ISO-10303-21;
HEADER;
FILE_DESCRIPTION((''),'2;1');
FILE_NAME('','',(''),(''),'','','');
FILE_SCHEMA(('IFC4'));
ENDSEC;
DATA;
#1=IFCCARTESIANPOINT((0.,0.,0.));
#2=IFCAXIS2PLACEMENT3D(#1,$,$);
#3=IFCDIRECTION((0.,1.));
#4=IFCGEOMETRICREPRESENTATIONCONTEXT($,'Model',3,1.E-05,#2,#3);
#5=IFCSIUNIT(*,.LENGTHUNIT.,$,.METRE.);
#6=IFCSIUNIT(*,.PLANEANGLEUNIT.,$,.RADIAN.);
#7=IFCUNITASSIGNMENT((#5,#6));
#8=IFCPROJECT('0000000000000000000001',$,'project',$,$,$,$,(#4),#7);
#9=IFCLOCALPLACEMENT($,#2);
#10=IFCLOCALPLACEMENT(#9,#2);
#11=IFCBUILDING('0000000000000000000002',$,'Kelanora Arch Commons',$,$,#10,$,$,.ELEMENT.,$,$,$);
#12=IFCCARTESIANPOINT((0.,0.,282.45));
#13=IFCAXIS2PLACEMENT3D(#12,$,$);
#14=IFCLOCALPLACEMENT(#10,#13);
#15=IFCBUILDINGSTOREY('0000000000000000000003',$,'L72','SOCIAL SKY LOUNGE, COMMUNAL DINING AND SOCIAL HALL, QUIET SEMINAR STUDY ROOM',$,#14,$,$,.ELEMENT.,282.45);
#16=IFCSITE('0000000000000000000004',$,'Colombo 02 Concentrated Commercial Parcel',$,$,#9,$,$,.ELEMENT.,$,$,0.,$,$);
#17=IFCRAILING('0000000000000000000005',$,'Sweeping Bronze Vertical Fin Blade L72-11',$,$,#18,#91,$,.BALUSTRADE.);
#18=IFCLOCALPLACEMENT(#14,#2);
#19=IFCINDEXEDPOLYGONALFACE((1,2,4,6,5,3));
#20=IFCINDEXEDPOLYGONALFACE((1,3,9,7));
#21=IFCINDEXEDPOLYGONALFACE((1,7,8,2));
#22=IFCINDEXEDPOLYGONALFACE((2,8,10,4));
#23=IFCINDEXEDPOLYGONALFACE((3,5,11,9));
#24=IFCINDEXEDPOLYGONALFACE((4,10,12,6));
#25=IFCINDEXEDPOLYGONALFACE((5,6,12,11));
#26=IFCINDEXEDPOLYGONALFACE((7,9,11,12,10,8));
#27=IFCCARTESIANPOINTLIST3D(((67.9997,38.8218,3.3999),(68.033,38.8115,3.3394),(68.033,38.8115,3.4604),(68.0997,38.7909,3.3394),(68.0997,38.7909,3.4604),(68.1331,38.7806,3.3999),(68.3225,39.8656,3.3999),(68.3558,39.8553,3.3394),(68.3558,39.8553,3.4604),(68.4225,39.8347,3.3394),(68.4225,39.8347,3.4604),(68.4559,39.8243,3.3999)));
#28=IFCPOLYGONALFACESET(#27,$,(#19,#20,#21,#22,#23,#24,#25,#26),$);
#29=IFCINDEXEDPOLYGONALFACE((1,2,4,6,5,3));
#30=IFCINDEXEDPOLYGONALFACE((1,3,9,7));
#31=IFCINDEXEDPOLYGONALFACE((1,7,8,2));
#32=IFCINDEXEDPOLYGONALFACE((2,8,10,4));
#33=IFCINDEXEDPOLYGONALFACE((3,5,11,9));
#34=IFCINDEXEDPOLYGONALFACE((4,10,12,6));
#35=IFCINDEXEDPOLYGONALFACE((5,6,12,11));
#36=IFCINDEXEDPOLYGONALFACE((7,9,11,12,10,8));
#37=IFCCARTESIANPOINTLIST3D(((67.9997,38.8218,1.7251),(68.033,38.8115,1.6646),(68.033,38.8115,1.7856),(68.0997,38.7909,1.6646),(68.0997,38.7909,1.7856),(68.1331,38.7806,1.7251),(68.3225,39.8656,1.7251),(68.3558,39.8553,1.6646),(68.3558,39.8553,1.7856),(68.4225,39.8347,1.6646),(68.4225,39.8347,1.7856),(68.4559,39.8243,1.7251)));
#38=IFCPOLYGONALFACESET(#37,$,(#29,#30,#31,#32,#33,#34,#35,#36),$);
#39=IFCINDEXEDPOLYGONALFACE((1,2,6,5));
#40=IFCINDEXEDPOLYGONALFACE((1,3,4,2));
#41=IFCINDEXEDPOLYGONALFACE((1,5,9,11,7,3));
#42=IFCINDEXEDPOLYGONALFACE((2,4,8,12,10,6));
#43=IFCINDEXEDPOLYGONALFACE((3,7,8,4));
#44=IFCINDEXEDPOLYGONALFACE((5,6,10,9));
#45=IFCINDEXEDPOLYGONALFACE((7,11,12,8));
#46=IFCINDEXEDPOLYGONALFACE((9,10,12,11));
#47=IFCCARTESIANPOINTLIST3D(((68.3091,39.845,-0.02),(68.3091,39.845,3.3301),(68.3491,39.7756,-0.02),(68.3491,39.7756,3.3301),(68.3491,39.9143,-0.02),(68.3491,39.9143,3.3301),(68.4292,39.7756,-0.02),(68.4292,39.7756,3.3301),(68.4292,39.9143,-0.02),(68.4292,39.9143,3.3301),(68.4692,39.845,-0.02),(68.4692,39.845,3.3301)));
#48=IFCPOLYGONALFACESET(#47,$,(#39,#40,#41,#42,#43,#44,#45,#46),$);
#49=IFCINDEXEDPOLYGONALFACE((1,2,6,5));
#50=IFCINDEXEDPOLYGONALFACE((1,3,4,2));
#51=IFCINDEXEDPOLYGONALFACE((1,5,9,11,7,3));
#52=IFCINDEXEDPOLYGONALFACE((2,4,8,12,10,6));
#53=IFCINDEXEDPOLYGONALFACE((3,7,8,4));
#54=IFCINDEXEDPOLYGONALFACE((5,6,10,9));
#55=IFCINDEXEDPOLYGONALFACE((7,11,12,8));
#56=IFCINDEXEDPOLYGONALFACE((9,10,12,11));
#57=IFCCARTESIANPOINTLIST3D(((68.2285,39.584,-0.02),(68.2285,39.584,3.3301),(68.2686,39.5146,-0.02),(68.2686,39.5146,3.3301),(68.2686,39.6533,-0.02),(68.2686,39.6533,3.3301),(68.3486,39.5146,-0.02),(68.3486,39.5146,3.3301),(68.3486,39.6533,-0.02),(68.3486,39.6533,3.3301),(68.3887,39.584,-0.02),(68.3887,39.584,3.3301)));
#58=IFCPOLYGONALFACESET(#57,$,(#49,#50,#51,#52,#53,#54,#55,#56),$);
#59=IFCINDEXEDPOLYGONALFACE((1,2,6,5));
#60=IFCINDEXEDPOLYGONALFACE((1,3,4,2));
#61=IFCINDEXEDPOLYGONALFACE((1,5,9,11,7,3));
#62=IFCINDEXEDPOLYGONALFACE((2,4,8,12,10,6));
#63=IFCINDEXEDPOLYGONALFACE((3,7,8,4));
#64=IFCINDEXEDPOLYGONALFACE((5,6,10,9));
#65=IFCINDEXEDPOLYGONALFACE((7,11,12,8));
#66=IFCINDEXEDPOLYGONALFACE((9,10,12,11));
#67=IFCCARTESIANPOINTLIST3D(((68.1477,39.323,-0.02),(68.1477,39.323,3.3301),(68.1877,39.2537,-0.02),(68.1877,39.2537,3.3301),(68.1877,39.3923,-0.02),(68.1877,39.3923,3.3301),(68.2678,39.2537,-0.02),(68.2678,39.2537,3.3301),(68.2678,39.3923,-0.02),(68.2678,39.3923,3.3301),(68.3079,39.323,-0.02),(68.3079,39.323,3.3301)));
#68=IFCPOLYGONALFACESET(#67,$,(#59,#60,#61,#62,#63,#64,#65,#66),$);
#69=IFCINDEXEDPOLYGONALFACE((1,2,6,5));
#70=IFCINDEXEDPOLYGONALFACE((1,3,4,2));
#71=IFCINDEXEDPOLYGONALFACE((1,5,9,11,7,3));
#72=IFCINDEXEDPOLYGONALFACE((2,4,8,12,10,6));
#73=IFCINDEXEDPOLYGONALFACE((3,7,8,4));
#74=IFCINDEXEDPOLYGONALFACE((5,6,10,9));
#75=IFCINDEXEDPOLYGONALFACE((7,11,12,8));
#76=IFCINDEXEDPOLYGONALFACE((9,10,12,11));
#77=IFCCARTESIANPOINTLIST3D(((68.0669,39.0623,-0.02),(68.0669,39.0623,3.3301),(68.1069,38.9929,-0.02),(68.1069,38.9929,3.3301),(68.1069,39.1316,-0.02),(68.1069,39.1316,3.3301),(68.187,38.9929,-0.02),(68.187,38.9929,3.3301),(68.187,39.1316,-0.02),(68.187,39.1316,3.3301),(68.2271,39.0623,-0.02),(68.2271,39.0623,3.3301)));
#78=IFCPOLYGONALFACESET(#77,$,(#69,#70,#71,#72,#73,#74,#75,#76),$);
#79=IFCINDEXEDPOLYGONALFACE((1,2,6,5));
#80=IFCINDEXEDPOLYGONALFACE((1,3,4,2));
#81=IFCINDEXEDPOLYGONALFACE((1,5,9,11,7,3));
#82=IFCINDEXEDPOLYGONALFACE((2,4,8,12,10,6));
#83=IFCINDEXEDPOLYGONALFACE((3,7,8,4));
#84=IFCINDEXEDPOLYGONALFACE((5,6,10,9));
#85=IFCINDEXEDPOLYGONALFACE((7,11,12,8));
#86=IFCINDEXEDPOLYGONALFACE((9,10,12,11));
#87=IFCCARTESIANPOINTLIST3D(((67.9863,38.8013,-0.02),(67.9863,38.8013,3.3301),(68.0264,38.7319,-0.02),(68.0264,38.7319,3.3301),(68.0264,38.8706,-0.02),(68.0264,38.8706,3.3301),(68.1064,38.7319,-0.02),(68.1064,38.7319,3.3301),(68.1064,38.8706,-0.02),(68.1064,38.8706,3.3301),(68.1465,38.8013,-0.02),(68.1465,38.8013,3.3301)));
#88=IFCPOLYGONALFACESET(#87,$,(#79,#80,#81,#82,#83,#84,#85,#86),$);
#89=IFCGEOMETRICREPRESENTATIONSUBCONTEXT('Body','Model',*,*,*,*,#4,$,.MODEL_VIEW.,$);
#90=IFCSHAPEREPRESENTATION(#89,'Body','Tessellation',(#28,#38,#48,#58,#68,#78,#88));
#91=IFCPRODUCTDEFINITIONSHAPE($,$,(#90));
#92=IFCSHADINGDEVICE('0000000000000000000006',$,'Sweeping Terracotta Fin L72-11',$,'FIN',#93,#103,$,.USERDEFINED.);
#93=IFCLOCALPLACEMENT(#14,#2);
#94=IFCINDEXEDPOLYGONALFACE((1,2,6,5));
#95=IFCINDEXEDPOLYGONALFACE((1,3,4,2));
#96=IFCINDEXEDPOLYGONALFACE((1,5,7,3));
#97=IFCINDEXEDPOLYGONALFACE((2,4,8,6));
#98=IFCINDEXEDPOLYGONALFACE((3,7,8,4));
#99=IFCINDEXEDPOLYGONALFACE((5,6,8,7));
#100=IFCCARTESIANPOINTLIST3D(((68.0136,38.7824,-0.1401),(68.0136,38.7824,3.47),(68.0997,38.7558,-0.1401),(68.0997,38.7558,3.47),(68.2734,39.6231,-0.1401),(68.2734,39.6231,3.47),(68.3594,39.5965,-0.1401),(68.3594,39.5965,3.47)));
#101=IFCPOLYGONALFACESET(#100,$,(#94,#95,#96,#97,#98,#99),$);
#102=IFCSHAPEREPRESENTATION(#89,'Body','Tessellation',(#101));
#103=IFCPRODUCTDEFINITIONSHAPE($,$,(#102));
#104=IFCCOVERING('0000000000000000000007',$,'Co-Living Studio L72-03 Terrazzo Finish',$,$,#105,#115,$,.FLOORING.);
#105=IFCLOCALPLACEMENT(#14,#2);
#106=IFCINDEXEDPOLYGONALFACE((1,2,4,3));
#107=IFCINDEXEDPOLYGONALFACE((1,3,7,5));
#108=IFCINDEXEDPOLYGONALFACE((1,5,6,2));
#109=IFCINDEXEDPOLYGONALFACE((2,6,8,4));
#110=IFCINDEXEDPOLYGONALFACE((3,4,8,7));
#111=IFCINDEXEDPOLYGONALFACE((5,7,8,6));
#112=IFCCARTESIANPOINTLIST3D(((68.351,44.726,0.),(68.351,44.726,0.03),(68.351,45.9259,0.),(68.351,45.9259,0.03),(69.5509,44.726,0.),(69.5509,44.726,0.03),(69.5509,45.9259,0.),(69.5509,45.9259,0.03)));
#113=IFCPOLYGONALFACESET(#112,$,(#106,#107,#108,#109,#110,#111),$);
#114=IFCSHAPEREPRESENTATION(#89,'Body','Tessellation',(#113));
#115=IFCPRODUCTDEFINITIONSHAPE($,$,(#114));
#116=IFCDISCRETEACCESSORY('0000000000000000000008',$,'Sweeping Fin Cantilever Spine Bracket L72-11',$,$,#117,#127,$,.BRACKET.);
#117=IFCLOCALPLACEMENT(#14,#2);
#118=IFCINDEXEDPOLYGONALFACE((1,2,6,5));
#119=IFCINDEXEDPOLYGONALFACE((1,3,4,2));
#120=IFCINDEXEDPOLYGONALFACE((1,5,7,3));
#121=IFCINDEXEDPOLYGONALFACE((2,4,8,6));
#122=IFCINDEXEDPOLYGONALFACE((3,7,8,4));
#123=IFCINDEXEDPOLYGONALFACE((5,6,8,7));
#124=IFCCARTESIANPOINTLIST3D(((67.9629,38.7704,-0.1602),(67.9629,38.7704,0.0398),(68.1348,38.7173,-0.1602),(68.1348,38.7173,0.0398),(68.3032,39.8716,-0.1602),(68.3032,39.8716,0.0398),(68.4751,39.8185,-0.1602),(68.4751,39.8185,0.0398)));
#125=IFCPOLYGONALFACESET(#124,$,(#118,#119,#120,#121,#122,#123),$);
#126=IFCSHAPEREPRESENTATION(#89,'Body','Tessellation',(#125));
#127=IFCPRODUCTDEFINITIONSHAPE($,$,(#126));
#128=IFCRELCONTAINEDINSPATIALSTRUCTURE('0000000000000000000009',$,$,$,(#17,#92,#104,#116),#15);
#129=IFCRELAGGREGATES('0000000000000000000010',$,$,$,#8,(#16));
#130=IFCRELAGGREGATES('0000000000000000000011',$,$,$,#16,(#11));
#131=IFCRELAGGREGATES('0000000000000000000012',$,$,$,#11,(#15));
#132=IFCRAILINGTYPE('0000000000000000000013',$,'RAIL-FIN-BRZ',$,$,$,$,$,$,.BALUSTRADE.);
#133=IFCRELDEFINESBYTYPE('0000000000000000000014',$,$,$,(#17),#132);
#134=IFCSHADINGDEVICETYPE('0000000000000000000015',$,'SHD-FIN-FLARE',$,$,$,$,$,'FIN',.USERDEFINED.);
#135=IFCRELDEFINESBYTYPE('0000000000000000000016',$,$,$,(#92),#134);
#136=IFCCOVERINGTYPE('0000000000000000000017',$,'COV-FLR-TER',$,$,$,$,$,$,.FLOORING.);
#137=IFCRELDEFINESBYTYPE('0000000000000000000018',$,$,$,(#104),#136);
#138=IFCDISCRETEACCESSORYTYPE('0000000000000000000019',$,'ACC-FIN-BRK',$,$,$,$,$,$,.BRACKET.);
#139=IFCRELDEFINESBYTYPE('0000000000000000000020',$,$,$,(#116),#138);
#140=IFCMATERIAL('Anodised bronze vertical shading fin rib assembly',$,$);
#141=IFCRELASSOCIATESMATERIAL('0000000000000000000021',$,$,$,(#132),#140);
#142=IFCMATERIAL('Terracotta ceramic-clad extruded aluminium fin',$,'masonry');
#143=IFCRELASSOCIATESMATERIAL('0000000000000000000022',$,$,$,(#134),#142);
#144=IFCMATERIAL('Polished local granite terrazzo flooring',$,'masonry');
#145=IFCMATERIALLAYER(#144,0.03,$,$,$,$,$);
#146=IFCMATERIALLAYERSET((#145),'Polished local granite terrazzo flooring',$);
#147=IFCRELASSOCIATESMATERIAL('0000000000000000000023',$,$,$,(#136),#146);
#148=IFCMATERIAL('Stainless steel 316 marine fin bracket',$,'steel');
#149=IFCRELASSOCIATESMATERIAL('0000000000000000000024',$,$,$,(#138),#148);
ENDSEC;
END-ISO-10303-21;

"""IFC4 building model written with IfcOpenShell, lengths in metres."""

from ifc_helpers import new_model, si_unit, direction, frame, origin, origin_2d, place, context, subcontext, project, spatial, polyline, rectangle, outline, extrude, source, transform, mapped, material, layer, layer_set, type_object, element, save


model = new_model("IFC4")

# Units and contexts
model_context = context("Model", 3, precision=1e-05, world=origin(), true_north=direction((0.0, 1.0)))
body_context = subcontext(model_context, "Body", "Model", "MODEL_VIEW")
ifc_project = project(units=[si_unit("LENGTHUNIT", "METRE"), si_unit("PLANEANGLEUNIT", "RADIAN")], contexts=[model_context])

# Site, building, storey
site_placement = place(None, origin())
site = spatial("IfcSite", under=ifc_project, at=site_placement, Name="Colombo 02 Concentrated Commercial Parcel", CompositionType="ELEMENT", RefElevation=0.0)
building_placement = place(site_placement, origin())
building = spatial("IfcBuilding", under=site, at=building_placement, Name="Kelanora Arch Commons", CompositionType="ELEMENT")
storey_placement = place(building_placement, frame((0.0, 0.0, 282.45)))
storey = spatial("IfcBuildingStorey", under=building, at=storey_placement, Name="L72", Description="SOCIAL SKY LOUNGE, COMMUNAL DINING AND SOCIAL HALL, QUIET SEMINAR STUDY ROOM", CompositionType="ELEMENT", Elevation=282.45)

# Railing
ifc_material_1 = material(Name="Anodised bronze vertical shading fin rib assembly")
railing_type = type_object("IfcRailingType", Name="RAIL-FIN-BRZ", PredefinedType="BALUSTRADE", material=ifc_material_1)
railing_placement = place(storey_placement, frame((68.3892, 39.845, -0.02)))
element("IfcRailing", 1, at=railing_placement, inside=storey, type_object=railing_type, Name="Sweeping Bronze Vertical Fin Blade L72-11", PredefinedType="BALUSTRADE", context=body_context, shape_type="SweptSolid", body=[
    extrude(outline(polyline([(0.0698, 0.0), (0.0349, 0.0605), (-0.0349, 0.0605), (-0.0698, 0.0), (-0.0349, -0.0605), (0.0349, -0.0605), (0.0698, 0.0)])), frame((0.0, 0.0, 3.4199), z_axis=(-0.295436, -0.955363, 0.0), x_axis=(0.955363, -0.295436, 0.0)), (0.0, 0.0, 1.0), 1.0925),
    extrude(outline(polyline([(0.0698, 0.0), (0.0349, 0.0605), (-0.0349, 0.0605), (-0.0698, 0.0), (-0.0349, -0.0605), (0.0349, -0.0605), (0.0698, 0.0)])), frame((0.0, 0.0, 1.7451), z_axis=(-0.295436, -0.955363, 0.0), x_axis=(0.955363, -0.295436, 0.0)), (0.0, 0.0, 1.0), 1.0925),
    extrude(outline(polyline([(0.0801, 0.0), (0.04, 0.0693), (-0.04, 0.0693), (-0.0801, 0.0), (-0.04, -0.0693), (0.04, -0.0693), (0.0801, 0.0)])), origin(), (0.0, 0.0, 1.0), 3.3501),
    extrude(outline(polyline([(0.0801, 0.0), (0.04, 0.0693), (-0.04, 0.0693), (-0.0801, 0.0), (-0.04, -0.0693), (0.04, -0.0693), (0.0801, 0.0)])), frame((-0.0806, -0.261, 0.0)), (0.0, 0.0, 1.0), 3.3501),
    extrude(outline(polyline([(0.0801, 0.0), (0.04, 0.0693), (-0.04, 0.0693), (-0.0801, 0.0), (-0.04, -0.0693), (0.04, -0.0693), (0.0801, 0.0)])), frame((-0.1614, -0.522, 0.0)), (0.0, 0.0, 1.0), 3.3501),
    extrude(outline(polyline([(0.0801, 0.0), (0.04, 0.0693), (-0.04, 0.0693), (-0.0801, 0.0), (-0.04, -0.0693), (0.04, -0.0693), (0.0801, 0.0)])), frame((-0.2422, -0.7827, 0.0)), (0.0, 0.0, 1.0), 3.3501),
    extrude(outline(polyline([(0.0801, 0.0), (0.04, 0.0693), (-0.04, 0.0693), (-0.0801, 0.0), (-0.04, -0.0693), (0.04, -0.0693), (0.0801, 0.0)])), frame((-0.3228, -1.0437, 0.0)), (0.0, 0.0, 1.0), 3.3501),
])

# Shading device
ifc_material_2 = material(Name="Terracotta ceramic-clad extruded aluminium fin", Category="masonry")
shading_device_type = type_object("IfcShadingDeviceType", Name="SHD-FIN-FLARE", ElementType="FIN", PredefinedType="USERDEFINED", material=ifc_material_2)
shared_shape_1 = source(origin(), body_context, "Body", "SweptSolid", [
    extrude(rectangle(XDim=0.8799, YDim=0.0901, at=origin_2d()), origin(), (0.0, 0.0, 1.0), 3.6101),
])
shading_device_placement = place(storey_placement, frame((68.1865, 39.1895, -0.1401), z_axis=(0.0, 0.0, 1.0), x_axis=(-0.295208, -0.955433, 0.0)))
element("IfcShadingDevice", 2, at=shading_device_placement, inside=storey, type_object=shading_device_type, Name="Sweeping Terracotta Fin L72-11", ObjectType="FIN", PredefinedType="USERDEFINED", context=body_context, shape_type="MappedRepresentation", body=[
    mapped(shared_shape_1, transform((0.0, 0.0, 0.0), scale=1.0)),
])

# Covering
ifc_material_3 = material(Name="Polished local granite terrazzo flooring", Category="masonry")
ifc_layer_1 = layer(ifc_material_3, 0.03)
ifc_layer_set_1 = layer_set([ifc_layer_1], Name="Polished local granite terrazzo flooring")
covering_type = type_object("IfcCoveringType", Name="COV-FLR-TER", PredefinedType="FLOORING", material=ifc_layer_set_1)
shared_shape_2 = source(origin(), body_context, "Body", "SweptSolid", [
    extrude(rectangle(XDim=1.2, YDim=1.2, at=origin_2d()), origin(), (0.0, 0.0, 1.0), 0.03),
])
covering_placement = place(storey_placement, frame((68.9509, 45.3259, 0.0), z_axis=(0.0, 0.0, 1.0), x_axis=(1.0, 0.0, 0.0)))
element("IfcCovering", 3, at=covering_placement, inside=storey, type_object=covering_type, Name="Co-Living Studio L72-03 Terrazzo Finish", PredefinedType="FLOORING", context=body_context, shape_type="MappedRepresentation", body=[
    mapped(shared_shape_2, transform((0.0, 0.0, 0.0), scale=1.0)),
])

# Discrete accessory
ifc_material_4 = material(Name="Stainless steel 316 marine fin bracket", Category="steel")
discrete_accessory_type = type_object("IfcDiscreteAccessoryType", Name="ACC-FIN-BRK", PredefinedType="BRACKET", material=ifc_material_4)
shared_shape_3 = source(origin(), body_context, "Body", "SweptSolid", [
    extrude(rectangle(XDim=1.1526, YDim=0.1799, at=origin_2d()), origin(), (0.0, 0.0, 1.0), 0.2),
])
discrete_accessory_placement = place(storey_placement, frame((68.219, 39.2944, -0.1602), z_axis=(0.0, 0.0, 1.0), x_axis=(-0.295208, -0.955433, 0.0)))
element("IfcDiscreteAccessory", 4, at=discrete_accessory_placement, inside=storey, type_object=discrete_accessory_type, Name="Sweeping Fin Cantilever Spine Bracket L72-11", PredefinedType="BRACKET", context=body_context, shape_type="MappedRepresentation", body=[
    mapped(shared_shape_3, transform((0.0, 0.0, 0.0), scale=1.0)),
])

save(model, "model.ifc")
